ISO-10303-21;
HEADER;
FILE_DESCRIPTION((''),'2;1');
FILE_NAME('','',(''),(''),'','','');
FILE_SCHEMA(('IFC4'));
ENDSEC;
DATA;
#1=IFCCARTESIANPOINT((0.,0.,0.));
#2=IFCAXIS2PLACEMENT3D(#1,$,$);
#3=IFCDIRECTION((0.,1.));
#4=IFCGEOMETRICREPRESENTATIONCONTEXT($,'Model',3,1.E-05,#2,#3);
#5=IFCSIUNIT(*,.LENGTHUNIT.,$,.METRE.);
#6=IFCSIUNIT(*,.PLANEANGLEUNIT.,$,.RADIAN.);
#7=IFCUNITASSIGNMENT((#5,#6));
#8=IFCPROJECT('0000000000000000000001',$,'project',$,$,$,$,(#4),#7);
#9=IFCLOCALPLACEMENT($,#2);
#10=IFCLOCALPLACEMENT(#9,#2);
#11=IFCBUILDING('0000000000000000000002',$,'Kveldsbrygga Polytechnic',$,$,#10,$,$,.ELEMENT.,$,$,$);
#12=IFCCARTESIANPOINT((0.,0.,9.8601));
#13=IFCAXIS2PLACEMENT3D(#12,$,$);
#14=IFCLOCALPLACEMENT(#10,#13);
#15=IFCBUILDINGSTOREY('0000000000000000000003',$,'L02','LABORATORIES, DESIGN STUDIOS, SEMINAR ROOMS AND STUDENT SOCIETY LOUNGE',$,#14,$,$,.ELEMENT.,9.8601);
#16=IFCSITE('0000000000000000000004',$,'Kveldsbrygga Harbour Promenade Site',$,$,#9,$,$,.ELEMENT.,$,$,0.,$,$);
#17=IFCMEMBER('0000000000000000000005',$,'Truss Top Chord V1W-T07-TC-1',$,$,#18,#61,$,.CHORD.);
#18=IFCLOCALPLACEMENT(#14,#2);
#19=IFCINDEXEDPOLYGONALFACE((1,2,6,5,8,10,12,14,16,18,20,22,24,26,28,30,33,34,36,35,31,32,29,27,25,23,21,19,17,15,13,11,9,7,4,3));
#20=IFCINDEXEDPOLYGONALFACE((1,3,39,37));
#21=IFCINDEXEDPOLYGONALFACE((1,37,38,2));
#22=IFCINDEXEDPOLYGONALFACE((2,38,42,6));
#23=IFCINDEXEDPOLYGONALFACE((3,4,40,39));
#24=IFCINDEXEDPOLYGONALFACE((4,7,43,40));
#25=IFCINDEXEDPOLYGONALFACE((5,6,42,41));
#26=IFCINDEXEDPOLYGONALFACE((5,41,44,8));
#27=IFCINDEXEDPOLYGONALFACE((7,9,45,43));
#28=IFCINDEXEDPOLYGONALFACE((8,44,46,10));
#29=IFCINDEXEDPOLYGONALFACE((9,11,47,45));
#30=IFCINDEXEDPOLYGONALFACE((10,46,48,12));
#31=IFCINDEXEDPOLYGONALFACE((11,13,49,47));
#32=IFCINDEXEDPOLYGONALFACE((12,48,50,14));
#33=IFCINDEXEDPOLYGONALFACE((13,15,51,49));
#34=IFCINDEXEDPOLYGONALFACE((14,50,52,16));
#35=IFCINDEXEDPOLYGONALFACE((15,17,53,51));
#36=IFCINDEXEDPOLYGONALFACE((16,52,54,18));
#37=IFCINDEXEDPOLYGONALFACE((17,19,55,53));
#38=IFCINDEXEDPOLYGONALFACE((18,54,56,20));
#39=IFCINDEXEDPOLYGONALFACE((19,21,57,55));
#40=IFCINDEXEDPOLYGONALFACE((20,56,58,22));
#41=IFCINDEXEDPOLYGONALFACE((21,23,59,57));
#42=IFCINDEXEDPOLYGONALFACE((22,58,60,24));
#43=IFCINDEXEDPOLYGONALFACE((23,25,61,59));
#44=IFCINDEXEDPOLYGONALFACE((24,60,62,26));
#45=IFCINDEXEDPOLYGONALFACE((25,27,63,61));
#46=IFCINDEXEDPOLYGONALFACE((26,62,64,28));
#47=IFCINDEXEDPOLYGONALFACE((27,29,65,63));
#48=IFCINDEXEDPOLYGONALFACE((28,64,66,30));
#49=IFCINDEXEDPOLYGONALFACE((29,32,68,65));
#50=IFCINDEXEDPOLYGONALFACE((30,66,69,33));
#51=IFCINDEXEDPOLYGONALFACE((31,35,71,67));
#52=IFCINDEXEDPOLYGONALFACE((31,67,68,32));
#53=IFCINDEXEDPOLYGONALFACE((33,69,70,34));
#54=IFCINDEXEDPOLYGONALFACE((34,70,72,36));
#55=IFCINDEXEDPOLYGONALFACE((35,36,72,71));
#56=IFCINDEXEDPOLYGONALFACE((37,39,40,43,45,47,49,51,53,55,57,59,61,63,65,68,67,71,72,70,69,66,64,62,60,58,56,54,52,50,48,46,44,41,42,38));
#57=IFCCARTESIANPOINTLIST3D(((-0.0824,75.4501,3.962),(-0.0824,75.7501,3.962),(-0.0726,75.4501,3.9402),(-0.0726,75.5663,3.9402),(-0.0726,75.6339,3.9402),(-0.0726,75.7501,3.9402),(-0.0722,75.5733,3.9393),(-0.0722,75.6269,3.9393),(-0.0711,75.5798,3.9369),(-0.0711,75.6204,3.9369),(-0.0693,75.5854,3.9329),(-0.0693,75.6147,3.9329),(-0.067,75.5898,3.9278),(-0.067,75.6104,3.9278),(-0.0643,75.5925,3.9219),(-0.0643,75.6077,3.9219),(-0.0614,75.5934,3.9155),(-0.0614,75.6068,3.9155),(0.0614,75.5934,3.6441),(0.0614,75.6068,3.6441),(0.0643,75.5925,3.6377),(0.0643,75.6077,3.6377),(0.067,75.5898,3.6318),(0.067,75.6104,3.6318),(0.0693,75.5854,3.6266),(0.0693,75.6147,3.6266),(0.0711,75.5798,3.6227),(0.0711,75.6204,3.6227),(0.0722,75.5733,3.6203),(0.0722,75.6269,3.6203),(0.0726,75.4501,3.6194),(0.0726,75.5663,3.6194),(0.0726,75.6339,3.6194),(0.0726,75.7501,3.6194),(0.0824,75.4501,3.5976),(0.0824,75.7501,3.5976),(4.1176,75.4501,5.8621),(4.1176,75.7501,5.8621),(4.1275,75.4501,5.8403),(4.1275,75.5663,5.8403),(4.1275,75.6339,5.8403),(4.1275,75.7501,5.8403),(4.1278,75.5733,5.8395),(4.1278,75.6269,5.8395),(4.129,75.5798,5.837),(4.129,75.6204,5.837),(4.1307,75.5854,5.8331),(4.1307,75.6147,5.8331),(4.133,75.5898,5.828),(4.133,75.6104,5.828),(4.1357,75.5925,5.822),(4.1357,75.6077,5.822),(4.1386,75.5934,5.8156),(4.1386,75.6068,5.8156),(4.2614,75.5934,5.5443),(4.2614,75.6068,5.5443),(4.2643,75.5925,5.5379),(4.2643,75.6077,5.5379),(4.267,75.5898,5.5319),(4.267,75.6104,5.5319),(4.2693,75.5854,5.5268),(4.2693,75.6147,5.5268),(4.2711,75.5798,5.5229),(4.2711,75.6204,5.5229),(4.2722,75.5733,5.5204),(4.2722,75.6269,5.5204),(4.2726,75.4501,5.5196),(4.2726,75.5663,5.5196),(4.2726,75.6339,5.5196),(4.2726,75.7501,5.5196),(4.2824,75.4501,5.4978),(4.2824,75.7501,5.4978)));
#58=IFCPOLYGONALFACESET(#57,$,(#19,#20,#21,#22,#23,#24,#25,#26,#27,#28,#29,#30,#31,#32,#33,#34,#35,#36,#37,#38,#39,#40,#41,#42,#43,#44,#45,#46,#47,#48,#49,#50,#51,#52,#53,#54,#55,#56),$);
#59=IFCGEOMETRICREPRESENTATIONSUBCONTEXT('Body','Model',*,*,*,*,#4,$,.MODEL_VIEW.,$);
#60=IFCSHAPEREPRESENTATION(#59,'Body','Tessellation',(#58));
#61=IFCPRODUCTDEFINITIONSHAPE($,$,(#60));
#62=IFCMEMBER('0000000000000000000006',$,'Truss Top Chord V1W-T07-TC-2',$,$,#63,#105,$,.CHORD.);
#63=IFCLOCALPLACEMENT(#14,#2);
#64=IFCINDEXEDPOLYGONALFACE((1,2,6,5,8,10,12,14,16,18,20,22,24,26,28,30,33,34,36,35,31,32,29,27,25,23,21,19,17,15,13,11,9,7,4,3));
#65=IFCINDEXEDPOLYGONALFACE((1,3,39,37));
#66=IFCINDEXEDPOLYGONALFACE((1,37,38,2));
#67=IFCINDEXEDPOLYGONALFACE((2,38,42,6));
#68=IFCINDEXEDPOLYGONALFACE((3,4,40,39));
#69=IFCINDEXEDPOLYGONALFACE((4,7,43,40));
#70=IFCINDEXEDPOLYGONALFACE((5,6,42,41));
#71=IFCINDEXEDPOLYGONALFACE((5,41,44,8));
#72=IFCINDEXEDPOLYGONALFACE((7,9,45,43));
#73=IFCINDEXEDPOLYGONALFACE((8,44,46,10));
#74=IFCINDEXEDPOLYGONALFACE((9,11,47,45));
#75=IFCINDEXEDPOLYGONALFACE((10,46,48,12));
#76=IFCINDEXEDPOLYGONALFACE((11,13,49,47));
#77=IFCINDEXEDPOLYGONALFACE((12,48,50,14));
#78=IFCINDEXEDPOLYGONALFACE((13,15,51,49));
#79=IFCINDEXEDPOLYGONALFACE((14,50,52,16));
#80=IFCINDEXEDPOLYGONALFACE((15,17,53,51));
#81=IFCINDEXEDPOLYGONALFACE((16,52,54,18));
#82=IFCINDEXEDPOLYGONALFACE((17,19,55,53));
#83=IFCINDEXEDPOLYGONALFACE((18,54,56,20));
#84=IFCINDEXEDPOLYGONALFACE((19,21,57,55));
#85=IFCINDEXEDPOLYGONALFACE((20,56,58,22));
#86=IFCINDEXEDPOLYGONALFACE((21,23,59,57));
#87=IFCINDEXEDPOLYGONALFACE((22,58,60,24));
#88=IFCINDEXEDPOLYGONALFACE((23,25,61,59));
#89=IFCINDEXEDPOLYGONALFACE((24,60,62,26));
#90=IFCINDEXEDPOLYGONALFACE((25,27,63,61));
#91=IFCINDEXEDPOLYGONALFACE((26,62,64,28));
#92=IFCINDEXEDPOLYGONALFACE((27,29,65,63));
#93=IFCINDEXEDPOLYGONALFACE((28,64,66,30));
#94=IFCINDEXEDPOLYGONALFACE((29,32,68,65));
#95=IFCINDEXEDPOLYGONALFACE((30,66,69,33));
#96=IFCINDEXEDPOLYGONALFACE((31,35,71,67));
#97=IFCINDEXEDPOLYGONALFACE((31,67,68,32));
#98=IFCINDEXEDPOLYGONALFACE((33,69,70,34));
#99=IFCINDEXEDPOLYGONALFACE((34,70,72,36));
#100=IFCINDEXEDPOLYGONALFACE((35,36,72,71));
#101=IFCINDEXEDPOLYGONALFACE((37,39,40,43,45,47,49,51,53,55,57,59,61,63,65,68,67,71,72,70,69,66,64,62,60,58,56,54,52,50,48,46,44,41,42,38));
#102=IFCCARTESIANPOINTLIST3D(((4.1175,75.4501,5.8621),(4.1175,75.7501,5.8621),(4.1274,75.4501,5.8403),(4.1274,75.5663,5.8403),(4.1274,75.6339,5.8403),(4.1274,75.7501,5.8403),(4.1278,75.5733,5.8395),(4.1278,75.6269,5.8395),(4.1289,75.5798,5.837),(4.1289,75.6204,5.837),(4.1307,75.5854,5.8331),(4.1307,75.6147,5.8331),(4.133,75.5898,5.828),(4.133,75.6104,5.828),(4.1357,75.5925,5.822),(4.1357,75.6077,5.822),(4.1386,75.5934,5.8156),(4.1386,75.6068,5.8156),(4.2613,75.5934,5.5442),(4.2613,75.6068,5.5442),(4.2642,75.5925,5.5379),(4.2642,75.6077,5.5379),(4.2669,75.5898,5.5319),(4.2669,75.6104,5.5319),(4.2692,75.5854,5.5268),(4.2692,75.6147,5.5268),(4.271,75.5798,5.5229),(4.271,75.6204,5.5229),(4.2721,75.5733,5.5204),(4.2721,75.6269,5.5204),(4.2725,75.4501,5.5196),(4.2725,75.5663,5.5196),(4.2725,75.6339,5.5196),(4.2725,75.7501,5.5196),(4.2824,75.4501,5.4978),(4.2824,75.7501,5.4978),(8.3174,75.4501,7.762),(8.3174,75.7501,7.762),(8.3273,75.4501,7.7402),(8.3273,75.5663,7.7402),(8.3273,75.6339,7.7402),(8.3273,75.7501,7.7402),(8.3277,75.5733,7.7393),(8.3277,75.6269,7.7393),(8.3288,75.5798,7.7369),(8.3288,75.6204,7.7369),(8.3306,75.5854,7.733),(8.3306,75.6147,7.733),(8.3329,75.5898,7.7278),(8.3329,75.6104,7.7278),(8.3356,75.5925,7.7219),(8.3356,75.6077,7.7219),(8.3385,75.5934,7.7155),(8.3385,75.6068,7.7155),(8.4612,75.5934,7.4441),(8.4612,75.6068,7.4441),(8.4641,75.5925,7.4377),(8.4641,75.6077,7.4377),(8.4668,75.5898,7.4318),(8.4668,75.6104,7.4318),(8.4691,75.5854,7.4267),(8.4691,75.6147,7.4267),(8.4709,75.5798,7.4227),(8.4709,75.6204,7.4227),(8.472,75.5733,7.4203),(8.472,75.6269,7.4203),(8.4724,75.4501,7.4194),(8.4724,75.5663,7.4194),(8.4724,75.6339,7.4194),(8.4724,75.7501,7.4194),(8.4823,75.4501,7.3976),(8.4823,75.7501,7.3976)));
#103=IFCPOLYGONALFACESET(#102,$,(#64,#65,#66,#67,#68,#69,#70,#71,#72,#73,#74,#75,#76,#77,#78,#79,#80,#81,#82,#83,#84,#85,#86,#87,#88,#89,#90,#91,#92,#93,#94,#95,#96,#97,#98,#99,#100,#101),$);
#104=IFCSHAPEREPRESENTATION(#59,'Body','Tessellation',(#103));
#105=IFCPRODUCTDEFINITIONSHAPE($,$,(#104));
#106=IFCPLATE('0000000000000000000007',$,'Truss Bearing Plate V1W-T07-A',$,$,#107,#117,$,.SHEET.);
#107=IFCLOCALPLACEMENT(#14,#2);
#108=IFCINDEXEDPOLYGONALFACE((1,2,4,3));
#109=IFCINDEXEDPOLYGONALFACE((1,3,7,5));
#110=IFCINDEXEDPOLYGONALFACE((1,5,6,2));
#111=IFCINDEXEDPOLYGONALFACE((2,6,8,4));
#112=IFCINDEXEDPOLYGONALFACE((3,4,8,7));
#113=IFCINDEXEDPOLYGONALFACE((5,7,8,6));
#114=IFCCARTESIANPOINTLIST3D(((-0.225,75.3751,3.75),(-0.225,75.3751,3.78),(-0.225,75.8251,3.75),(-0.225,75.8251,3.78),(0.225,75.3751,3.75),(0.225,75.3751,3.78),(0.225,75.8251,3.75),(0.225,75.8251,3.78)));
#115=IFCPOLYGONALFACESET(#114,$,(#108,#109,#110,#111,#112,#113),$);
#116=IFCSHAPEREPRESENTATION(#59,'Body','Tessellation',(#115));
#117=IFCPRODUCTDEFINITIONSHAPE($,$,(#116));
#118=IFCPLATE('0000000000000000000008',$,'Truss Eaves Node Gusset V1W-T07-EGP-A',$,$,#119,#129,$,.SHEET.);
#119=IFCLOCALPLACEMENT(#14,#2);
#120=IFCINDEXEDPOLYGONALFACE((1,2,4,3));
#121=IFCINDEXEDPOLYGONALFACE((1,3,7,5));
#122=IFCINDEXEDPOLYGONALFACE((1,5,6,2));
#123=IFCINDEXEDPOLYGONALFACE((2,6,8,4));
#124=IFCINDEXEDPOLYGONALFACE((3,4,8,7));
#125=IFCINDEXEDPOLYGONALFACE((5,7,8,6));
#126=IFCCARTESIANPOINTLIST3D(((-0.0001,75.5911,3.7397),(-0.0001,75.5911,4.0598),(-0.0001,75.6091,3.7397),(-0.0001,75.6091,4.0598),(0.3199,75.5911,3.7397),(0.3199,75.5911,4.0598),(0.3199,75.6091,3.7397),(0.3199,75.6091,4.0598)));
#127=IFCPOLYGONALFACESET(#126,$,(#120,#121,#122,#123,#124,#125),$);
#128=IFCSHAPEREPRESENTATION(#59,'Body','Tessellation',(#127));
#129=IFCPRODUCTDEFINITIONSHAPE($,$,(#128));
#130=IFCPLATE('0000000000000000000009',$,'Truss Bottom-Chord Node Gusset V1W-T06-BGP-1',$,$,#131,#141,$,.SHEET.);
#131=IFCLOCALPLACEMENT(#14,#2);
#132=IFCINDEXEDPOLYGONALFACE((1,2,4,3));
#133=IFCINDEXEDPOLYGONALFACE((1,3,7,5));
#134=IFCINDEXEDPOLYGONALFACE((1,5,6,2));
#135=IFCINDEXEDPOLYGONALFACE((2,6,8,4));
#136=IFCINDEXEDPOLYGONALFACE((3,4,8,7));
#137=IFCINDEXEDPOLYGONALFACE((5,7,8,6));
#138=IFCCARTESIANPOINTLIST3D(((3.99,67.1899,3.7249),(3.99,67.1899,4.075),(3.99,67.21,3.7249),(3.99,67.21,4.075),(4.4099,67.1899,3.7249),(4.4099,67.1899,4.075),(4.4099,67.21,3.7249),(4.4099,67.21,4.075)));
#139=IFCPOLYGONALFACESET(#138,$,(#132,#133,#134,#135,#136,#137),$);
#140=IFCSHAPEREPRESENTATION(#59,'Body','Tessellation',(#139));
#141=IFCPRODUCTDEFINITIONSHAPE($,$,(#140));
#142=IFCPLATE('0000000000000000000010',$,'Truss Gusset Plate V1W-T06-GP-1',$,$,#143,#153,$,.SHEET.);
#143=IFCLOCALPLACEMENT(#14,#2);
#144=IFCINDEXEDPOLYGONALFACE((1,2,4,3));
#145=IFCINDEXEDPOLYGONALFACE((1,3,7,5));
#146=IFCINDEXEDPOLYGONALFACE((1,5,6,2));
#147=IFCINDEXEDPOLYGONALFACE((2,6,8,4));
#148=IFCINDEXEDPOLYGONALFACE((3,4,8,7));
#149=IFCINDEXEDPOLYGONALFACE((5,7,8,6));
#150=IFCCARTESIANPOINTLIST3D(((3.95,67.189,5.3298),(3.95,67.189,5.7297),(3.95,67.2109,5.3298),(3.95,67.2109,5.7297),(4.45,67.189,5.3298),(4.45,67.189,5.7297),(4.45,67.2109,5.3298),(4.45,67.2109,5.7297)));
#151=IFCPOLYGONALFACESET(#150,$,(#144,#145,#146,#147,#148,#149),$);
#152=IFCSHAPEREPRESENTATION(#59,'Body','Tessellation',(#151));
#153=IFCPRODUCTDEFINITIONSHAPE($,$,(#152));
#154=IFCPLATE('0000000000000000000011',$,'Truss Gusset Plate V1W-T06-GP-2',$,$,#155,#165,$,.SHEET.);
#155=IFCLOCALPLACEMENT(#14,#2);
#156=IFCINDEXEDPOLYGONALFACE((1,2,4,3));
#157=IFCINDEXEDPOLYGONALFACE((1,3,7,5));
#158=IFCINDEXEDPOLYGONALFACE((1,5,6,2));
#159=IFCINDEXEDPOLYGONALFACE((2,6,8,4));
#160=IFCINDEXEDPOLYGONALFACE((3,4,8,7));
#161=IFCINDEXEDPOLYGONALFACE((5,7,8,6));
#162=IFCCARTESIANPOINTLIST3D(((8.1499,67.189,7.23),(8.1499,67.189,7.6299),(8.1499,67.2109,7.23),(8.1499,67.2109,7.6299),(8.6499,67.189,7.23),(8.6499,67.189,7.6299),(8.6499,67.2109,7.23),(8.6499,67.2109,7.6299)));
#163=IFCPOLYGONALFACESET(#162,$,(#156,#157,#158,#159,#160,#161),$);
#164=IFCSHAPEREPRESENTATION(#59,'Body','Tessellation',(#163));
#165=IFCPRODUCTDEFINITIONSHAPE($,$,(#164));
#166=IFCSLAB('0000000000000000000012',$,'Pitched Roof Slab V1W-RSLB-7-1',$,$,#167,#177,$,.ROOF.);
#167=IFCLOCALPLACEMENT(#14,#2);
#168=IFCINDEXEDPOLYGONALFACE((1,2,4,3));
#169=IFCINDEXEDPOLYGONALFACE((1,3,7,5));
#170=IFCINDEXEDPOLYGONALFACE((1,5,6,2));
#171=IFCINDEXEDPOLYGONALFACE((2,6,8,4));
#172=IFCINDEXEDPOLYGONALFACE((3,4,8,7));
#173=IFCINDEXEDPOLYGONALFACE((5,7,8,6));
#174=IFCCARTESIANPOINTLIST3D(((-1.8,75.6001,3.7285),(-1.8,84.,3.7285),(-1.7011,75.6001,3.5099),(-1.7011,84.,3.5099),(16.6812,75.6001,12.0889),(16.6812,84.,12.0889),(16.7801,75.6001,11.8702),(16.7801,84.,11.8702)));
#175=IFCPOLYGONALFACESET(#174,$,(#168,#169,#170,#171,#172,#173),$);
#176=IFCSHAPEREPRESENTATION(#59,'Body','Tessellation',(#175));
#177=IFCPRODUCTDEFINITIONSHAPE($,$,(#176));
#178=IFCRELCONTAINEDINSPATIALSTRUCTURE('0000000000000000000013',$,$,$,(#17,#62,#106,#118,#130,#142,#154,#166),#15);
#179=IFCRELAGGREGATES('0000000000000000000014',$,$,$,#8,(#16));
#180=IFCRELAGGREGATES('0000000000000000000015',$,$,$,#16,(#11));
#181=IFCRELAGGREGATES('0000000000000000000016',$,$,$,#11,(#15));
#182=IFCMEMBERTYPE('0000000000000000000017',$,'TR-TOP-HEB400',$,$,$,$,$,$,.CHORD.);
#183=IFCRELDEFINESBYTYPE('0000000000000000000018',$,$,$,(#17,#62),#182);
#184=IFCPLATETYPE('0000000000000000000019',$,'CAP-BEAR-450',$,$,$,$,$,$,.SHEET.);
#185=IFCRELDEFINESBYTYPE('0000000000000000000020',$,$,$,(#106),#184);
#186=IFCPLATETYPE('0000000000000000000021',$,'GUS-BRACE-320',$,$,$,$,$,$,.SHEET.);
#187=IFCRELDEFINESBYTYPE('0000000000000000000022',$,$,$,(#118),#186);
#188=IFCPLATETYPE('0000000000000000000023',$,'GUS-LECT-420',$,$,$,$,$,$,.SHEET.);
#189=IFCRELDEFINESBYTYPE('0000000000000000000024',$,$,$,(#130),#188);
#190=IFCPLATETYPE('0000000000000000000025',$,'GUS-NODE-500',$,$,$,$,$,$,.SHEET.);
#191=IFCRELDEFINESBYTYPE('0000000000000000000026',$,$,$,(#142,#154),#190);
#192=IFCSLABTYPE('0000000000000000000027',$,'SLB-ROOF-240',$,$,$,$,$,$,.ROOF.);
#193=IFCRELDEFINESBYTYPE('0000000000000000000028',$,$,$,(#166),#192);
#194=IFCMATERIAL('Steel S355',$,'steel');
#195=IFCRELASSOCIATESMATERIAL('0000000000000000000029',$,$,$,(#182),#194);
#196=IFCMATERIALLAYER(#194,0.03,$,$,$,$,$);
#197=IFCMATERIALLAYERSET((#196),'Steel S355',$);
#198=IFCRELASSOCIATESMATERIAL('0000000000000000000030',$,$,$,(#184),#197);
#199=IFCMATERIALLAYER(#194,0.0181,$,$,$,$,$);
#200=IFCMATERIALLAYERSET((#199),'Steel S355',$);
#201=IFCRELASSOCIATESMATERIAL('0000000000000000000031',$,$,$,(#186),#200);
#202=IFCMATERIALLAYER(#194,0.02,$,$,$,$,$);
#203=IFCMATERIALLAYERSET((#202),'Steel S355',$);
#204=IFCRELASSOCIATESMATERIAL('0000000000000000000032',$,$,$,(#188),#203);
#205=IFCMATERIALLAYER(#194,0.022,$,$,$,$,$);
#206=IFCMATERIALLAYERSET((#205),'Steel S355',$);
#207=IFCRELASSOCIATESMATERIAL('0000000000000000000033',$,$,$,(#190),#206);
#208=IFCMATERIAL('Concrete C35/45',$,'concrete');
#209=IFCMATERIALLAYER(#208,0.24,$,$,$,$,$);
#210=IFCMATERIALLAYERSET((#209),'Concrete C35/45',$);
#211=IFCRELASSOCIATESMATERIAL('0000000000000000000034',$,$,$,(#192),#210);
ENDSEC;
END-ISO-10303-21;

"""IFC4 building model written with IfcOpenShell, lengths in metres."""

from ifc_helpers import new_model, si_unit, direction, frame, origin, origin_2d, place, context, subcontext, project, spatial, polyline, rectangle, i_section, outline, extrude, material, layer, layer_set, material_profile, profile_set, type_object, element, save


model = new_model("IFC4")

# Units and contexts
model_context = context("Model", 3, precision=1e-05, world=origin(), true_north=direction((0.0, 1.0)))
body_context = subcontext(model_context, "Body", "Model", "MODEL_VIEW")
ifc_project = project(units=[si_unit("LENGTHUNIT", "METRE"), si_unit("PLANEANGLEUNIT", "RADIAN")], contexts=[model_context])

# Site, building, storey
site_placement = place(None, origin())
site = spatial("IfcSite", under=ifc_project, at=site_placement, Name="Kveldsbrygga Harbour Promenade Site", CompositionType="ELEMENT", RefElevation=0.0)
building_placement = place(site_placement, origin())
building = spatial("IfcBuilding", under=site, at=building_placement, Name="Kveldsbrygga Polytechnic", CompositionType="ELEMENT")
storey_placement = place(building_placement, frame((0.0, 0.0, 9.8601)))
storey = spatial("IfcBuildingStorey", under=building, at=storey_placement, Name="L02", Description="LABORATORIES, DESIGN STUDIOS, SEMINAR ROOMS AND STUDENT SOCIETY LOUNGE", CompositionType="ELEMENT", Elevation=9.8601)

# Shared definitions
ifc_material_1 = material(Name="Steel S355", Category="steel")

# Members
ifc_material_profile_1 = material_profile(ifc_material_1, i_section(OverallWidth=0.3, OverallDepth=0.3999, WebThickness=0.0134, FlangeThickness=0.0239, FilletRadius=0.0271, at=origin_2d()), Name="HEB 400")
ifc_profile_set_1 = profile_set([ifc_material_profile_1], Name="Steel S355")
member_type_1 = type_object("IfcMemberType", Name="TR-TOP-HEB400", PredefinedType="CHORD", material=ifc_profile_set_1)
member_1_placement = place(storey_placement, frame((0.0, 75.6001, 3.7798), z_axis=(0.911094, 0.0, 0.412198), x_axis=(0.0, 1.0, 0.0)))
element("IfcMember", 1, at=member_1_placement, inside=storey, type_object=member_type_1, Name="Truss Top Chord V1W-T07-TC-1", PredefinedType="CHORD", context=body_context, shape_type="SweptSolid", body=[
    extrude(i_section(OverallWidth=0.3, OverallDepth=0.3999, WebThickness=0.0134, FlangeThickness=0.0239, FilletRadius=0.0271, at=origin_2d()), origin(), (0.0, 0.0, 1.0), 4.6099),
])
member_2_placement = place(storey_placement, frame((4.2, 75.6001, 5.6799), z_axis=(0.911114, 0.0, 0.412154), x_axis=(0.0, 1.0, 0.0)))
element("IfcMember", 2, at=member_2_placement, inside=storey, type_object=member_type_1, Name="Truss Top Chord V1W-T07-TC-2", PredefinedType="CHORD", context=body_context, shape_type="SweptSolid", body=[
    extrude(i_section(OverallWidth=0.3, OverallDepth=0.3999, WebThickness=0.0134, FlangeThickness=0.0239, FilletRadius=0.0271, at=origin_2d()), origin(), (0.0, 0.0, 1.0), 4.6096),
])

# Plates
ifc_layer_1 = layer(ifc_material_1, 0.03)
ifc_layer_set_1 = layer_set([ifc_layer_1], Name="Steel S355")
plate_type_1 = type_object("IfcPlateType", Name="CAP-BEAR-450", PredefinedType="SHEET", material=ifc_layer_set_1)
plate_1_placement = place(storey_placement, frame((0.0, 75.6001, 3.75), z_axis=(0.0, 0.0, 1.0), x_axis=(1.0, 0.0, 0.0)))
element("IfcPlate", 3, at=plate_1_placement, inside=storey, type_object=plate_type_1, Name="Truss Bearing Plate V1W-T07-A", PredefinedType="SHEET", context=body_context, shape_type="SweptSolid", body=[
    extrude(rectangle(XDim=0.45, YDim=0.45, at=origin_2d()), origin(), (0.0, 0.0, 1.0), 0.03),
])
ifc_layer_2 = layer(ifc_material_1, 0.0181)
ifc_layer_set_2 = layer_set([ifc_layer_2], Name="Steel S355")
plate_type_2 = type_object("IfcPlateType", Name="GUS-BRACE-320", PredefinedType="SHEET", material=ifc_layer_set_2)
plate_2_placement = place(storey_placement, frame((0.1599, 75.6001, 3.7397), z_axis=(0.0, 0.0, 1.0), x_axis=(1.0, 0.0, 0.0)))
element("IfcPlate", 4, at=plate_2_placement, inside=storey, type_object=plate_type_2, Name="Truss Eaves Node Gusset V1W-T07-EGP-A", PredefinedType="SHEET", context=body_context, shape_type="SweptSolid", body=[
    extrude(rectangle(XDim=0.3201, YDim=0.0181, at=origin_2d()), origin(), (0.0, 0.0, 1.0), 0.3201),
])
ifc_layer_3 = layer(ifc_material_1, 0.02)
ifc_layer_set_3 = layer_set([ifc_layer_3], Name="Steel S355")
plate_type_3 = type_object("IfcPlateType", Name="GUS-LECT-420", PredefinedType="SHEET", material=ifc_layer_set_3)
plate_3_placement = place(storey_placement, frame((4.2, 67.2, 3.7249), z_axis=(0.0, 0.0, 1.0), x_axis=(1.0, 0.0, 0.0)))
element("IfcPlate", 5, at=plate_3_placement, inside=storey, type_object=plate_type_3, Name="Truss Bottom-Chord Node Gusset V1W-T06-BGP-1", PredefinedType="SHEET", context=body_context, shape_type="SweptSolid", body=[
    extrude(rectangle(XDim=0.4199, YDim=0.02, at=origin_2d()), origin(), (0.0, 0.0, 1.0), 0.3501),
])
ifc_layer_4 = layer(ifc_material_1, 0.022)
ifc_layer_set_4 = layer_set([ifc_layer_4], Name="Steel S355")
plate_type_4 = type_object("IfcPlateType", Name="GUS-NODE-500", PredefinedType="SHEET", material=ifc_layer_set_4)
for number, where, z_axis, x_axis, name in (
    (6, (4.2, 67.2, 5.3298), (0.0, 0.0, 1.0), (1.0, 0.0, 0.0), "Truss Gusset Plate V1W-T06-GP-1"),
    (7, (8.3999, 67.2, 7.23), (0.0, 0.0, 1.0), (1.0, 0.0, 0.0), "Truss Gusset Plate V1W-T06-GP-2"),
):
    element("IfcPlate", number, at=place(storey_placement, frame(where, z_axis=z_axis, x_axis=x_axis)), inside=storey, type_object=plate_type_4, Name=name, PredefinedType="SHEET", context=body_context, shape_type="SweptSolid", body=[
        extrude(rectangle(XDim=0.5, YDim=0.022, at=origin_2d()), origin(), (0.0, 0.0, 1.0), 0.3999),
    ])

# Slab
ifc_material_2 = material(Name="Concrete C35/45", Category="concrete")
ifc_layer_5 = layer(ifc_material_2, 0.24)
ifc_layer_set_5 = layer_set([ifc_layer_5], Name="Concrete C35/45")
slab_type = type_object("IfcSlabType", Name="SLB-ROOF-240", PredefinedType="ROOF", material=ifc_layer_set_5)
slab_placement = place(storey_placement, frame((-1.8, 75.6001, 3.7285), z_axis=(-0.41216, 0.0, 0.911111), x_axis=(0.911111, 0.0, 0.41216)))
element("IfcSlab", 8, at=slab_placement, inside=storey, type_object=slab_type, Name="Pitched Roof Slab V1W-RSLB-7-1", PredefinedType="ROOF", context=body_context, shape_type="SweptSolid", body=[
    extrude(outline(polyline([(0.0, 0.0), (20.2842, 0.0), (20.2842, 8.3999), (0.0, 8.3999), (0.0, 0.0)])), origin(), (0.0, 0.0, -1.0), 0.24),
])

save(model, "model.ifc")
